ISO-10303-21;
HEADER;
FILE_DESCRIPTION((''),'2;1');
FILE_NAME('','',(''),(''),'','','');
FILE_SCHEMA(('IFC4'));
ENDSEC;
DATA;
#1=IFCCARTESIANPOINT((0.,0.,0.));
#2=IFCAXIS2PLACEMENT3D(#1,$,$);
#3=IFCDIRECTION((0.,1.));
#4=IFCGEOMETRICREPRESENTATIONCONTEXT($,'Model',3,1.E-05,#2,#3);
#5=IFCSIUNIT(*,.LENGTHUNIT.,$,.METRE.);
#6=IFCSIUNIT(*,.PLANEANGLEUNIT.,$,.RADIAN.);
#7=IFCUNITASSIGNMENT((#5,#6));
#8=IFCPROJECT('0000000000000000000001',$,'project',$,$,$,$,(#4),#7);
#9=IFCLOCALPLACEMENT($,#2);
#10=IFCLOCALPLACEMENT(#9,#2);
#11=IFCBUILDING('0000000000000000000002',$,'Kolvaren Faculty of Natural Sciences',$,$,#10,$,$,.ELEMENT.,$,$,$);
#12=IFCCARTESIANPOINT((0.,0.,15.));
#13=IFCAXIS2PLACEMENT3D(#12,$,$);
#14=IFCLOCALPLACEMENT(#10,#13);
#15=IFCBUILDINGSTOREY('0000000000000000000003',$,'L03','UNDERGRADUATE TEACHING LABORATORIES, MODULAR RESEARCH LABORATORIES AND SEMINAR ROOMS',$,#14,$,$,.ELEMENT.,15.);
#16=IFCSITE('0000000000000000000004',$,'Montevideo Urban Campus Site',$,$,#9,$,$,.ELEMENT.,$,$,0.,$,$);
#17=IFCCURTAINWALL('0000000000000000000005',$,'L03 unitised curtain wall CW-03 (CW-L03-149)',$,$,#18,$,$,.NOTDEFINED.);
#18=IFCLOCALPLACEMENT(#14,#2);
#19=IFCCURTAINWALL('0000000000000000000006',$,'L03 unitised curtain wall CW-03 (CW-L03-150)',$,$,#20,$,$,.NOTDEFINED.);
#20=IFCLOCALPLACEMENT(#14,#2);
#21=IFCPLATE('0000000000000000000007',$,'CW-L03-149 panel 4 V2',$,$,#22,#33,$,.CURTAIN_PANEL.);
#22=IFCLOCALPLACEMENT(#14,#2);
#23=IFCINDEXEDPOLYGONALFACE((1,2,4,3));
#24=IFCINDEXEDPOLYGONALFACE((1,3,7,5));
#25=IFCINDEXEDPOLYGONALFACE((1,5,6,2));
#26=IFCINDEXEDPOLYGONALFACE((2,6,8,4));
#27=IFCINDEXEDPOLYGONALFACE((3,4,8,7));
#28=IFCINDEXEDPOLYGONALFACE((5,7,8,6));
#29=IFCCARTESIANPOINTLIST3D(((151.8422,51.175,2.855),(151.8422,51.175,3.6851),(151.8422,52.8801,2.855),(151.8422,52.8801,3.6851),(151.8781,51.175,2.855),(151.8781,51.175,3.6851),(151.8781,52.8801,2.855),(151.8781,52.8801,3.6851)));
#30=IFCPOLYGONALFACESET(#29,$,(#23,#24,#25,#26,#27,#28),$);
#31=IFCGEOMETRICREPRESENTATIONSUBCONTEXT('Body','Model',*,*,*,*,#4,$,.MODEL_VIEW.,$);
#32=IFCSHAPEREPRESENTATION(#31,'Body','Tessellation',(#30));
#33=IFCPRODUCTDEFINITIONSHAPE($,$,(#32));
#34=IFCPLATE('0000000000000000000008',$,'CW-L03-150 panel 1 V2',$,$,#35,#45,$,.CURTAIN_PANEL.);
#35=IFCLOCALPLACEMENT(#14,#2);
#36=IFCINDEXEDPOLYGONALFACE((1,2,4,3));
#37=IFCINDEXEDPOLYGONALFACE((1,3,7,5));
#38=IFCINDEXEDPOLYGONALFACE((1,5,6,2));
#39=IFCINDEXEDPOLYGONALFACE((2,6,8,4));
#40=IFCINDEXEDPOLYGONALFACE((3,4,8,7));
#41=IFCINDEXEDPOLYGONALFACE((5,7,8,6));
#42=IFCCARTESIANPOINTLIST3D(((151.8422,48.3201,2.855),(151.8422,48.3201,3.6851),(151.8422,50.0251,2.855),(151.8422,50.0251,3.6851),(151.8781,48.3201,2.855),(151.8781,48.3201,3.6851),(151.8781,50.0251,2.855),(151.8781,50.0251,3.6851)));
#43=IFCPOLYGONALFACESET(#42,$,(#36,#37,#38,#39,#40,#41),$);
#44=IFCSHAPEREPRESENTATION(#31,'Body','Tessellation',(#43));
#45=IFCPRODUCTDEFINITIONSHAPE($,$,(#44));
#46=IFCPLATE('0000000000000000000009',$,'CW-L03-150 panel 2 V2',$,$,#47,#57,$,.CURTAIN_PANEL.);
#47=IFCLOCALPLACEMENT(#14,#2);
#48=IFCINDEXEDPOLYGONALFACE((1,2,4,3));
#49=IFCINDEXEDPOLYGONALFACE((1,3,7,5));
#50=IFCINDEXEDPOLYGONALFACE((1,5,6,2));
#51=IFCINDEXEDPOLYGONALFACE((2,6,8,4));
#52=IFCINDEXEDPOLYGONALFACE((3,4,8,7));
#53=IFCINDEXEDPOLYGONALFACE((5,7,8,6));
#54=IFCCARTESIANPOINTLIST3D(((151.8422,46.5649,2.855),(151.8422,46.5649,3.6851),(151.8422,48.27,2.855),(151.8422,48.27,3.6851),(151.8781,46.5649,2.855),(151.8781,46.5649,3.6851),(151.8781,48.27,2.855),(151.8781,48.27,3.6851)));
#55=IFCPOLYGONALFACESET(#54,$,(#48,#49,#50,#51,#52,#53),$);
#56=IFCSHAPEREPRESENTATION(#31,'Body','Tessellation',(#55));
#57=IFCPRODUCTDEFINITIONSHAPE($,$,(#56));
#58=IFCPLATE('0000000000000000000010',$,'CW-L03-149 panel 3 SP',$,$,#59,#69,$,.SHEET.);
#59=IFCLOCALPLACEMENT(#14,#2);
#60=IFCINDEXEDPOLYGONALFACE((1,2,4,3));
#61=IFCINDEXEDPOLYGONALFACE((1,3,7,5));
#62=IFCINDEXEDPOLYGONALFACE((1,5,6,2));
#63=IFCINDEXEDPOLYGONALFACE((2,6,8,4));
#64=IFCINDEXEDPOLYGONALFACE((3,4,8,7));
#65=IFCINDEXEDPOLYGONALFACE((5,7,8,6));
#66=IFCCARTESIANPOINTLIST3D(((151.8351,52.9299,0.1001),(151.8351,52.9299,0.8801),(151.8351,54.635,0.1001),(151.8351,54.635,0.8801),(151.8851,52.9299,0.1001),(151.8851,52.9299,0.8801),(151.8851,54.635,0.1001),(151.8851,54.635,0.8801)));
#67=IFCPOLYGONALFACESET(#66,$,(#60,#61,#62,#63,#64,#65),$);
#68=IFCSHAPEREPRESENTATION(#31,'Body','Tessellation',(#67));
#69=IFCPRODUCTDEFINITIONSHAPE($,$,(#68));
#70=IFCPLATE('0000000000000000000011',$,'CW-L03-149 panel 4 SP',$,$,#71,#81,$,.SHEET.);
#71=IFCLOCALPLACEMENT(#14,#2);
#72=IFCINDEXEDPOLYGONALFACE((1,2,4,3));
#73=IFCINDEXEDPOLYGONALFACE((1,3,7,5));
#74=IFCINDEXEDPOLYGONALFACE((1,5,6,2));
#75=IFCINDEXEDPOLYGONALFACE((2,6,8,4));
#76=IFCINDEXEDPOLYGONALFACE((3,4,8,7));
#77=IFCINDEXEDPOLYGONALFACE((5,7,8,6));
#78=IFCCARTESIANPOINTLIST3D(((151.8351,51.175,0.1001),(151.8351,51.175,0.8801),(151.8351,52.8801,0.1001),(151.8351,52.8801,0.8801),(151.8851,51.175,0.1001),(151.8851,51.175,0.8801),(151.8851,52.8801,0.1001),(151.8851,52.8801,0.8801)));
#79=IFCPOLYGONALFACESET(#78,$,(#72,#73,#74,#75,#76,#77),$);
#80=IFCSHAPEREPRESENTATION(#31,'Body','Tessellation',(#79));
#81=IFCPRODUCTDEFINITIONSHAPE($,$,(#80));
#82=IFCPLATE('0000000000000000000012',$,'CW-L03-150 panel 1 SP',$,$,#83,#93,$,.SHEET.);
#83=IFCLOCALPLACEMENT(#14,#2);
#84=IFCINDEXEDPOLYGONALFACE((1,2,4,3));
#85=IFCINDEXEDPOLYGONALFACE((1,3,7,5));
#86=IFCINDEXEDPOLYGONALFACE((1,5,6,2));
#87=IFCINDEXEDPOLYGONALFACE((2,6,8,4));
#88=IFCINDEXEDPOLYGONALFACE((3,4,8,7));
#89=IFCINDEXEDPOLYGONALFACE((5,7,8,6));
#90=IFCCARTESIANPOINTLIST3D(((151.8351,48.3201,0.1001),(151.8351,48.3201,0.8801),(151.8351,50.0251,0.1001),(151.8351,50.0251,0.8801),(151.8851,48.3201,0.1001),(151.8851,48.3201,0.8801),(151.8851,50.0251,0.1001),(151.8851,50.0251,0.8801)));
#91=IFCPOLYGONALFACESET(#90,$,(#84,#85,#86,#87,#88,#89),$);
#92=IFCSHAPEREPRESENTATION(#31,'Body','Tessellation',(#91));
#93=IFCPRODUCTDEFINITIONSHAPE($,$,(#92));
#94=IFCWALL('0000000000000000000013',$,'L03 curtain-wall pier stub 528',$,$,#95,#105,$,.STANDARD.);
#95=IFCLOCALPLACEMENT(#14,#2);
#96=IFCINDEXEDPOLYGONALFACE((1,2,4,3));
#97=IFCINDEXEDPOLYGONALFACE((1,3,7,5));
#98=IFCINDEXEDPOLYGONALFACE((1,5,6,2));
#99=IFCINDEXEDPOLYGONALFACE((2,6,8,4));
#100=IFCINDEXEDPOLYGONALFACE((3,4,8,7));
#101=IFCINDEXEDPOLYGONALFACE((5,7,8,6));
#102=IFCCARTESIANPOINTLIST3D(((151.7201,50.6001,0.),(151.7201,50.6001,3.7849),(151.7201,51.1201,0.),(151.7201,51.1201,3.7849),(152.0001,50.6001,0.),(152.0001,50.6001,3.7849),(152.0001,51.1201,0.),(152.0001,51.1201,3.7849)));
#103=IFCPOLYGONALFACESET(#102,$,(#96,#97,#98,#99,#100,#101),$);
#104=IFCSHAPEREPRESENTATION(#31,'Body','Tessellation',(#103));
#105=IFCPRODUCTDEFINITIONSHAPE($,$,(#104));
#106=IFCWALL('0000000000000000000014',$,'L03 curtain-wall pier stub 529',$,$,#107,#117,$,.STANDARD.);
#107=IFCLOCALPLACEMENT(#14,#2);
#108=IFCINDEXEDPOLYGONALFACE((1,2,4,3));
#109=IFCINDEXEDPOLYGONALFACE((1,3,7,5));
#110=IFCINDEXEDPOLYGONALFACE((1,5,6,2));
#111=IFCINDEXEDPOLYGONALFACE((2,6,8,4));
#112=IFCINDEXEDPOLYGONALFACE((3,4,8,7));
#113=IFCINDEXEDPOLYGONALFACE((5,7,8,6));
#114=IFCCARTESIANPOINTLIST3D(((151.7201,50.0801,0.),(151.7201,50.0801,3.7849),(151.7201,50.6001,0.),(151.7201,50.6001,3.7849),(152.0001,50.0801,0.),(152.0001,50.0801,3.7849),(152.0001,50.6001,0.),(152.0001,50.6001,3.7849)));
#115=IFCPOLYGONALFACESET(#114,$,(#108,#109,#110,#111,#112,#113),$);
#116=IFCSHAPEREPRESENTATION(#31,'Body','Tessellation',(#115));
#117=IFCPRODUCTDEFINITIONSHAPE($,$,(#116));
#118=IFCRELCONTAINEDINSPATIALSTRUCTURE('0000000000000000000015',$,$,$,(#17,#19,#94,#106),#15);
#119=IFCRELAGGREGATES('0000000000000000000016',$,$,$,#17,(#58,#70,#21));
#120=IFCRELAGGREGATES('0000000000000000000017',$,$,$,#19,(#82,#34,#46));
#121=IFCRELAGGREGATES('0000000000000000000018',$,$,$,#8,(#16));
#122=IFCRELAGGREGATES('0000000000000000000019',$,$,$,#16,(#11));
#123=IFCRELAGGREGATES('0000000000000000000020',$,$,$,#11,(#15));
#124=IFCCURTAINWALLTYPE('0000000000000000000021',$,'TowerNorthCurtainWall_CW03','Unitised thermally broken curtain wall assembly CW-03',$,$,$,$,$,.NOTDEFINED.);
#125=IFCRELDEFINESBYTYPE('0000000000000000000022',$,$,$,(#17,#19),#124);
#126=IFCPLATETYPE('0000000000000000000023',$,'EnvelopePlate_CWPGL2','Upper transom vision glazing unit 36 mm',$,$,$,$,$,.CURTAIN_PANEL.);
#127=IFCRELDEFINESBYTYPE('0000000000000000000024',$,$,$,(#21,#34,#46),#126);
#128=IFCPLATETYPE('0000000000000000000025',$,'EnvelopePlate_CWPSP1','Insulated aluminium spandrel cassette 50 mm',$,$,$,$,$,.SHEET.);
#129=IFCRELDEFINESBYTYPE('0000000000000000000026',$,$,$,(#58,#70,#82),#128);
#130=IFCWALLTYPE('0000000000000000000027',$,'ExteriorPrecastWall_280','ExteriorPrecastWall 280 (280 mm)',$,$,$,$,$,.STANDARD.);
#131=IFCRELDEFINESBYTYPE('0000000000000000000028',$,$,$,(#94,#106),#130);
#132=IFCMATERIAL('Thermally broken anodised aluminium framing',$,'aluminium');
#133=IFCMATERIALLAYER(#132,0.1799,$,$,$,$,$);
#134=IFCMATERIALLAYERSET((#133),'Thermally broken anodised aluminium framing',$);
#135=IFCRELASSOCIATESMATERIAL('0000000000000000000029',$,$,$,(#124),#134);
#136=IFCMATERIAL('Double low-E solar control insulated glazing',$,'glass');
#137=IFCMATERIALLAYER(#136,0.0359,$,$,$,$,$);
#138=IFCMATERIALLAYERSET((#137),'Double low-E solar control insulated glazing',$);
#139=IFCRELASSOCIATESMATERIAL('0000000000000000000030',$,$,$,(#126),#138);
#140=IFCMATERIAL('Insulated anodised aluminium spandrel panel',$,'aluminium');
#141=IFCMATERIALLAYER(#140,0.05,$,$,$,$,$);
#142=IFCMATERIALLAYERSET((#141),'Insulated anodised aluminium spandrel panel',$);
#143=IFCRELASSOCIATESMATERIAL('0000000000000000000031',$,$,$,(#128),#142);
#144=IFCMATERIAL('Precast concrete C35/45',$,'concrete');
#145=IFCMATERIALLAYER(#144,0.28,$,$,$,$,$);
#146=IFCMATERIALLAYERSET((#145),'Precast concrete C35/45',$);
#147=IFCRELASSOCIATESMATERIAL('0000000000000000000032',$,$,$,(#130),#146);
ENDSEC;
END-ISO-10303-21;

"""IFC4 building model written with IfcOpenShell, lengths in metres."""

from ifc_helpers import new_model, si_unit, direction, frame, frame_2d, origin, origin_2d, place, context, subcontext, project, spatial, rectangle, extrude, material, layer, layer_set, type_object, element, aggregate, save


model = new_model("IFC4")

# Units and contexts
model_context = context("Model", 3, precision=1e-05, world=origin(), true_north=direction((0.0, 1.0)))
body_context = subcontext(model_context, "Body", "Model", "MODEL_VIEW")
ifc_project = project(units=[si_unit("LENGTHUNIT", "METRE"), si_unit("PLANEANGLEUNIT", "RADIAN")], contexts=[model_context])

# Site, building, storey
site_placement = place(None, origin())
site = spatial("IfcSite", under=ifc_project, at=site_placement, Name="Montevideo Urban Campus Site", CompositionType="ELEMENT", RefElevation=0.0)
building_placement = place(site_placement, origin())
building = spatial("IfcBuilding", under=site, at=building_placement, Name="Kolvaren Faculty of Natural Sciences", CompositionType="ELEMENT")
storey_placement = place(building_placement, frame((0.0, 0.0, 15.0)))
storey = spatial("IfcBuildingStorey", under=building, at=storey_placement, Name="L03", Description="UNDERGRADUATE TEACHING LABORATORIES, MODULAR RESEARCH LABORATORIES AND SEMINAR ROOMS", CompositionType="ELEMENT", Elevation=15.0)

# Curtain walls
ifc_material_1 = material(Name="Thermally broken anodised aluminium framing", Category="aluminium")
ifc_layer_1 = layer(ifc_material_1, 0.1799)
ifc_layer_set_1 = layer_set([ifc_layer_1], Name="Thermally broken anodised aluminium framing")
curtain_wall_type = type_object("IfcCurtainWallType", Name="TowerNorthCurtainWall_CW03", Description="Unitised thermally broken curtain wall assembly CW-03", PredefinedType="NOTDEFINED", material=ifc_layer_set_1)
curtain_wall_1_placement = place(storey_placement, origin())
curtain_wall_1 = element("IfcCurtainWall", 1, at=curtain_wall_1_placement, inside=storey, type_object=curtain_wall_type, Name="L03 unitised curtain wall CW-03 (CW-L03-149)", PredefinedType="NOTDEFINED")
curtain_wall_2_placement = place(storey_placement, origin())
curtain_wall_2 = element("IfcCurtainWall", 2, at=curtain_wall_2_placement, inside=storey, type_object=curtain_wall_type, Name="L03 unitised curtain wall CW-03 (CW-L03-150)", PredefinedType="NOTDEFINED")

# Plates
ifc_material_2 = material(Name="Double low-E solar control insulated glazing", Category="glass")
ifc_layer_2 = layer(ifc_material_2, 0.0359)
ifc_layer_set_2 = layer_set([ifc_layer_2], Name="Double low-E solar control insulated glazing")
plate_type_1 = type_object("IfcPlateType", Name="EnvelopePlate_CWPGL2", Description="Upper transom vision glazing unit 36 mm", PredefinedType="CURTAIN_PANEL", material=ifc_layer_set_2)
plate_1_placement = place(storey_placement, frame((151.8601, 52.0276, 2.855), z_axis=(0.0, 0.0, 1.0), x_axis=(0.0, -1.0, 0.0)))
plate_1 = element("IfcPlate", 3, at=plate_1_placement, type_object=plate_type_1, Name="CW-L03-149 panel 4 V2", PredefinedType="CURTAIN_PANEL", context=body_context, shape_type="SweptSolid", body=[
    extrude(rectangle(XDim=1.7051, YDim=0.0359, at=origin_2d()), origin(), (0.0, 0.0, 1.0), 0.8301),
])
plate_2_placement = place(storey_placement, frame((151.8601, 49.1726, 2.855), z_axis=(0.0, 0.0, 1.0), x_axis=(0.0, -1.0, 0.0)))
plate_2 = element("IfcPlate", 4, at=plate_2_placement, type_object=plate_type_1, Name="CW-L03-150 panel 1 V2", PredefinedType="CURTAIN_PANEL", context=body_context, shape_type="SweptSolid", body=[
    extrude(rectangle(XDim=1.7051, YDim=0.0359, at=origin_2d()), origin(), (0.0, 0.0, 1.0), 0.8301),
])
plate_3_placement = place(storey_placement, frame((151.8601, 47.4175, 2.855), z_axis=(0.0, 0.0, 1.0), x_axis=(0.0, -1.0, 0.0)))
plate_3 = element("IfcPlate", 5, at=plate_3_placement, type_object=plate_type_1, Name="CW-L03-150 panel 2 V2", PredefinedType="CURTAIN_PANEL", context=body_context, shape_type="SweptSolid", body=[
    extrude(rectangle(XDim=1.7051, YDim=0.0359, at=origin_2d()), origin(), (0.0, 0.0, 1.0), 0.8301),
])
ifc_material_3 = material(Name="Insulated anodised aluminium spandrel panel", Category="aluminium")
ifc_layer_3 = layer(ifc_material_3, 0.05)
ifc_layer_set_3 = layer_set([ifc_layer_3], Name="Insulated anodised aluminium spandrel panel")
plate_type_2 = type_object("IfcPlateType", Name="EnvelopePlate_CWPSP1", Description="Insulated aluminium spandrel cassette 50 mm", PredefinedType="SHEET", material=ifc_layer_set_3)
plate_4_placement = place(storey_placement, frame((151.8601, 53.7825, 0.1001), z_axis=(0.0, 0.0, 1.0), x_axis=(0.0, -1.0, 0.0)))
plate_4 = element("IfcPlate", 6, at=plate_4_placement, type_object=plate_type_2, Name="CW-L03-149 panel 3 SP", PredefinedType="SHEET", context=body_context, shape_type="SweptSolid", body=[
    extrude(rectangle(XDim=1.7051, YDim=0.05, at=origin_2d()), origin(), (0.0, 0.0, 1.0), 0.78),
])
plate_5_placement = place(storey_placement, frame((151.8601, 52.0276, 0.1001), z_axis=(0.0, 0.0, 1.0), x_axis=(0.0, -1.0, 0.0)))
plate_5 = element("IfcPlate", 7, at=plate_5_placement, type_object=plate_type_2, Name="CW-L03-149 panel 4 SP", PredefinedType="SHEET", context=body_context, shape_type="SweptSolid", body=[
    extrude(rectangle(XDim=1.7051, YDim=0.05, at=origin_2d()), origin(), (0.0, 0.0, 1.0), 0.78),
])
aggregate(curtain_wall_1, [plate_4, plate_5, plate_1])
plate_6_placement = place(storey_placement, frame((151.8601, 49.1726, 0.1001), z_axis=(0.0, 0.0, 1.0), x_axis=(0.0, -1.0, 0.0)))
plate_6 = element("IfcPlate", 8, at=plate_6_placement, type_object=plate_type_2, Name="CW-L03-150 panel 1 SP", PredefinedType="SHEET", context=body_context, shape_type="SweptSolid", body=[
    extrude(rectangle(XDim=1.7051, YDim=0.05, at=origin_2d()), origin(), (0.0, 0.0, 1.0), 0.78),
])
aggregate(curtain_wall_2, [plate_6, plate_2, plate_3])

# Walls
ifc_material_4 = material(Name="Precast concrete C35/45", Category="concrete")
ifc_layer_4 = layer(ifc_material_4, 0.28)
ifc_layer_set_4 = layer_set([ifc_layer_4], Name="Precast concrete C35/45")
wall_type = type_object("IfcWallType", Name="ExteriorPrecastWall_280", Description="ExteriorPrecastWall 280 (280 mm)", PredefinedType="STANDARD", material=ifc_layer_set_4)
for number, where, z_axis, x_axis, name in (
    (9, (151.8601, 51.1201, 0.0), (0.0, 0.0, 1.0), (0.0, -1.0, 0.0), "L03 curtain-wall pier stub 528"),
    (10, (151.8601, 50.6001, 0.0), (0.0, 0.0, 1.0), (0.0, -1.0, 0.0), "L03 curtain-wall pier stub 529"),
):
    element("IfcWall", number, at=place(storey_placement, frame(where, z_axis=z_axis, x_axis=x_axis)), inside=storey, type_object=wall_type, Name=name, PredefinedType="STANDARD", context=body_context, shape_type="SweptSolid", body=[
        extrude(rectangle(XDim=0.52, YDim=0.28, at=frame_2d((0.26, 0.0))), origin(), (0.0, 0.0, 1.0), 3.7849),
    ])

save(model, "model.ifc")
